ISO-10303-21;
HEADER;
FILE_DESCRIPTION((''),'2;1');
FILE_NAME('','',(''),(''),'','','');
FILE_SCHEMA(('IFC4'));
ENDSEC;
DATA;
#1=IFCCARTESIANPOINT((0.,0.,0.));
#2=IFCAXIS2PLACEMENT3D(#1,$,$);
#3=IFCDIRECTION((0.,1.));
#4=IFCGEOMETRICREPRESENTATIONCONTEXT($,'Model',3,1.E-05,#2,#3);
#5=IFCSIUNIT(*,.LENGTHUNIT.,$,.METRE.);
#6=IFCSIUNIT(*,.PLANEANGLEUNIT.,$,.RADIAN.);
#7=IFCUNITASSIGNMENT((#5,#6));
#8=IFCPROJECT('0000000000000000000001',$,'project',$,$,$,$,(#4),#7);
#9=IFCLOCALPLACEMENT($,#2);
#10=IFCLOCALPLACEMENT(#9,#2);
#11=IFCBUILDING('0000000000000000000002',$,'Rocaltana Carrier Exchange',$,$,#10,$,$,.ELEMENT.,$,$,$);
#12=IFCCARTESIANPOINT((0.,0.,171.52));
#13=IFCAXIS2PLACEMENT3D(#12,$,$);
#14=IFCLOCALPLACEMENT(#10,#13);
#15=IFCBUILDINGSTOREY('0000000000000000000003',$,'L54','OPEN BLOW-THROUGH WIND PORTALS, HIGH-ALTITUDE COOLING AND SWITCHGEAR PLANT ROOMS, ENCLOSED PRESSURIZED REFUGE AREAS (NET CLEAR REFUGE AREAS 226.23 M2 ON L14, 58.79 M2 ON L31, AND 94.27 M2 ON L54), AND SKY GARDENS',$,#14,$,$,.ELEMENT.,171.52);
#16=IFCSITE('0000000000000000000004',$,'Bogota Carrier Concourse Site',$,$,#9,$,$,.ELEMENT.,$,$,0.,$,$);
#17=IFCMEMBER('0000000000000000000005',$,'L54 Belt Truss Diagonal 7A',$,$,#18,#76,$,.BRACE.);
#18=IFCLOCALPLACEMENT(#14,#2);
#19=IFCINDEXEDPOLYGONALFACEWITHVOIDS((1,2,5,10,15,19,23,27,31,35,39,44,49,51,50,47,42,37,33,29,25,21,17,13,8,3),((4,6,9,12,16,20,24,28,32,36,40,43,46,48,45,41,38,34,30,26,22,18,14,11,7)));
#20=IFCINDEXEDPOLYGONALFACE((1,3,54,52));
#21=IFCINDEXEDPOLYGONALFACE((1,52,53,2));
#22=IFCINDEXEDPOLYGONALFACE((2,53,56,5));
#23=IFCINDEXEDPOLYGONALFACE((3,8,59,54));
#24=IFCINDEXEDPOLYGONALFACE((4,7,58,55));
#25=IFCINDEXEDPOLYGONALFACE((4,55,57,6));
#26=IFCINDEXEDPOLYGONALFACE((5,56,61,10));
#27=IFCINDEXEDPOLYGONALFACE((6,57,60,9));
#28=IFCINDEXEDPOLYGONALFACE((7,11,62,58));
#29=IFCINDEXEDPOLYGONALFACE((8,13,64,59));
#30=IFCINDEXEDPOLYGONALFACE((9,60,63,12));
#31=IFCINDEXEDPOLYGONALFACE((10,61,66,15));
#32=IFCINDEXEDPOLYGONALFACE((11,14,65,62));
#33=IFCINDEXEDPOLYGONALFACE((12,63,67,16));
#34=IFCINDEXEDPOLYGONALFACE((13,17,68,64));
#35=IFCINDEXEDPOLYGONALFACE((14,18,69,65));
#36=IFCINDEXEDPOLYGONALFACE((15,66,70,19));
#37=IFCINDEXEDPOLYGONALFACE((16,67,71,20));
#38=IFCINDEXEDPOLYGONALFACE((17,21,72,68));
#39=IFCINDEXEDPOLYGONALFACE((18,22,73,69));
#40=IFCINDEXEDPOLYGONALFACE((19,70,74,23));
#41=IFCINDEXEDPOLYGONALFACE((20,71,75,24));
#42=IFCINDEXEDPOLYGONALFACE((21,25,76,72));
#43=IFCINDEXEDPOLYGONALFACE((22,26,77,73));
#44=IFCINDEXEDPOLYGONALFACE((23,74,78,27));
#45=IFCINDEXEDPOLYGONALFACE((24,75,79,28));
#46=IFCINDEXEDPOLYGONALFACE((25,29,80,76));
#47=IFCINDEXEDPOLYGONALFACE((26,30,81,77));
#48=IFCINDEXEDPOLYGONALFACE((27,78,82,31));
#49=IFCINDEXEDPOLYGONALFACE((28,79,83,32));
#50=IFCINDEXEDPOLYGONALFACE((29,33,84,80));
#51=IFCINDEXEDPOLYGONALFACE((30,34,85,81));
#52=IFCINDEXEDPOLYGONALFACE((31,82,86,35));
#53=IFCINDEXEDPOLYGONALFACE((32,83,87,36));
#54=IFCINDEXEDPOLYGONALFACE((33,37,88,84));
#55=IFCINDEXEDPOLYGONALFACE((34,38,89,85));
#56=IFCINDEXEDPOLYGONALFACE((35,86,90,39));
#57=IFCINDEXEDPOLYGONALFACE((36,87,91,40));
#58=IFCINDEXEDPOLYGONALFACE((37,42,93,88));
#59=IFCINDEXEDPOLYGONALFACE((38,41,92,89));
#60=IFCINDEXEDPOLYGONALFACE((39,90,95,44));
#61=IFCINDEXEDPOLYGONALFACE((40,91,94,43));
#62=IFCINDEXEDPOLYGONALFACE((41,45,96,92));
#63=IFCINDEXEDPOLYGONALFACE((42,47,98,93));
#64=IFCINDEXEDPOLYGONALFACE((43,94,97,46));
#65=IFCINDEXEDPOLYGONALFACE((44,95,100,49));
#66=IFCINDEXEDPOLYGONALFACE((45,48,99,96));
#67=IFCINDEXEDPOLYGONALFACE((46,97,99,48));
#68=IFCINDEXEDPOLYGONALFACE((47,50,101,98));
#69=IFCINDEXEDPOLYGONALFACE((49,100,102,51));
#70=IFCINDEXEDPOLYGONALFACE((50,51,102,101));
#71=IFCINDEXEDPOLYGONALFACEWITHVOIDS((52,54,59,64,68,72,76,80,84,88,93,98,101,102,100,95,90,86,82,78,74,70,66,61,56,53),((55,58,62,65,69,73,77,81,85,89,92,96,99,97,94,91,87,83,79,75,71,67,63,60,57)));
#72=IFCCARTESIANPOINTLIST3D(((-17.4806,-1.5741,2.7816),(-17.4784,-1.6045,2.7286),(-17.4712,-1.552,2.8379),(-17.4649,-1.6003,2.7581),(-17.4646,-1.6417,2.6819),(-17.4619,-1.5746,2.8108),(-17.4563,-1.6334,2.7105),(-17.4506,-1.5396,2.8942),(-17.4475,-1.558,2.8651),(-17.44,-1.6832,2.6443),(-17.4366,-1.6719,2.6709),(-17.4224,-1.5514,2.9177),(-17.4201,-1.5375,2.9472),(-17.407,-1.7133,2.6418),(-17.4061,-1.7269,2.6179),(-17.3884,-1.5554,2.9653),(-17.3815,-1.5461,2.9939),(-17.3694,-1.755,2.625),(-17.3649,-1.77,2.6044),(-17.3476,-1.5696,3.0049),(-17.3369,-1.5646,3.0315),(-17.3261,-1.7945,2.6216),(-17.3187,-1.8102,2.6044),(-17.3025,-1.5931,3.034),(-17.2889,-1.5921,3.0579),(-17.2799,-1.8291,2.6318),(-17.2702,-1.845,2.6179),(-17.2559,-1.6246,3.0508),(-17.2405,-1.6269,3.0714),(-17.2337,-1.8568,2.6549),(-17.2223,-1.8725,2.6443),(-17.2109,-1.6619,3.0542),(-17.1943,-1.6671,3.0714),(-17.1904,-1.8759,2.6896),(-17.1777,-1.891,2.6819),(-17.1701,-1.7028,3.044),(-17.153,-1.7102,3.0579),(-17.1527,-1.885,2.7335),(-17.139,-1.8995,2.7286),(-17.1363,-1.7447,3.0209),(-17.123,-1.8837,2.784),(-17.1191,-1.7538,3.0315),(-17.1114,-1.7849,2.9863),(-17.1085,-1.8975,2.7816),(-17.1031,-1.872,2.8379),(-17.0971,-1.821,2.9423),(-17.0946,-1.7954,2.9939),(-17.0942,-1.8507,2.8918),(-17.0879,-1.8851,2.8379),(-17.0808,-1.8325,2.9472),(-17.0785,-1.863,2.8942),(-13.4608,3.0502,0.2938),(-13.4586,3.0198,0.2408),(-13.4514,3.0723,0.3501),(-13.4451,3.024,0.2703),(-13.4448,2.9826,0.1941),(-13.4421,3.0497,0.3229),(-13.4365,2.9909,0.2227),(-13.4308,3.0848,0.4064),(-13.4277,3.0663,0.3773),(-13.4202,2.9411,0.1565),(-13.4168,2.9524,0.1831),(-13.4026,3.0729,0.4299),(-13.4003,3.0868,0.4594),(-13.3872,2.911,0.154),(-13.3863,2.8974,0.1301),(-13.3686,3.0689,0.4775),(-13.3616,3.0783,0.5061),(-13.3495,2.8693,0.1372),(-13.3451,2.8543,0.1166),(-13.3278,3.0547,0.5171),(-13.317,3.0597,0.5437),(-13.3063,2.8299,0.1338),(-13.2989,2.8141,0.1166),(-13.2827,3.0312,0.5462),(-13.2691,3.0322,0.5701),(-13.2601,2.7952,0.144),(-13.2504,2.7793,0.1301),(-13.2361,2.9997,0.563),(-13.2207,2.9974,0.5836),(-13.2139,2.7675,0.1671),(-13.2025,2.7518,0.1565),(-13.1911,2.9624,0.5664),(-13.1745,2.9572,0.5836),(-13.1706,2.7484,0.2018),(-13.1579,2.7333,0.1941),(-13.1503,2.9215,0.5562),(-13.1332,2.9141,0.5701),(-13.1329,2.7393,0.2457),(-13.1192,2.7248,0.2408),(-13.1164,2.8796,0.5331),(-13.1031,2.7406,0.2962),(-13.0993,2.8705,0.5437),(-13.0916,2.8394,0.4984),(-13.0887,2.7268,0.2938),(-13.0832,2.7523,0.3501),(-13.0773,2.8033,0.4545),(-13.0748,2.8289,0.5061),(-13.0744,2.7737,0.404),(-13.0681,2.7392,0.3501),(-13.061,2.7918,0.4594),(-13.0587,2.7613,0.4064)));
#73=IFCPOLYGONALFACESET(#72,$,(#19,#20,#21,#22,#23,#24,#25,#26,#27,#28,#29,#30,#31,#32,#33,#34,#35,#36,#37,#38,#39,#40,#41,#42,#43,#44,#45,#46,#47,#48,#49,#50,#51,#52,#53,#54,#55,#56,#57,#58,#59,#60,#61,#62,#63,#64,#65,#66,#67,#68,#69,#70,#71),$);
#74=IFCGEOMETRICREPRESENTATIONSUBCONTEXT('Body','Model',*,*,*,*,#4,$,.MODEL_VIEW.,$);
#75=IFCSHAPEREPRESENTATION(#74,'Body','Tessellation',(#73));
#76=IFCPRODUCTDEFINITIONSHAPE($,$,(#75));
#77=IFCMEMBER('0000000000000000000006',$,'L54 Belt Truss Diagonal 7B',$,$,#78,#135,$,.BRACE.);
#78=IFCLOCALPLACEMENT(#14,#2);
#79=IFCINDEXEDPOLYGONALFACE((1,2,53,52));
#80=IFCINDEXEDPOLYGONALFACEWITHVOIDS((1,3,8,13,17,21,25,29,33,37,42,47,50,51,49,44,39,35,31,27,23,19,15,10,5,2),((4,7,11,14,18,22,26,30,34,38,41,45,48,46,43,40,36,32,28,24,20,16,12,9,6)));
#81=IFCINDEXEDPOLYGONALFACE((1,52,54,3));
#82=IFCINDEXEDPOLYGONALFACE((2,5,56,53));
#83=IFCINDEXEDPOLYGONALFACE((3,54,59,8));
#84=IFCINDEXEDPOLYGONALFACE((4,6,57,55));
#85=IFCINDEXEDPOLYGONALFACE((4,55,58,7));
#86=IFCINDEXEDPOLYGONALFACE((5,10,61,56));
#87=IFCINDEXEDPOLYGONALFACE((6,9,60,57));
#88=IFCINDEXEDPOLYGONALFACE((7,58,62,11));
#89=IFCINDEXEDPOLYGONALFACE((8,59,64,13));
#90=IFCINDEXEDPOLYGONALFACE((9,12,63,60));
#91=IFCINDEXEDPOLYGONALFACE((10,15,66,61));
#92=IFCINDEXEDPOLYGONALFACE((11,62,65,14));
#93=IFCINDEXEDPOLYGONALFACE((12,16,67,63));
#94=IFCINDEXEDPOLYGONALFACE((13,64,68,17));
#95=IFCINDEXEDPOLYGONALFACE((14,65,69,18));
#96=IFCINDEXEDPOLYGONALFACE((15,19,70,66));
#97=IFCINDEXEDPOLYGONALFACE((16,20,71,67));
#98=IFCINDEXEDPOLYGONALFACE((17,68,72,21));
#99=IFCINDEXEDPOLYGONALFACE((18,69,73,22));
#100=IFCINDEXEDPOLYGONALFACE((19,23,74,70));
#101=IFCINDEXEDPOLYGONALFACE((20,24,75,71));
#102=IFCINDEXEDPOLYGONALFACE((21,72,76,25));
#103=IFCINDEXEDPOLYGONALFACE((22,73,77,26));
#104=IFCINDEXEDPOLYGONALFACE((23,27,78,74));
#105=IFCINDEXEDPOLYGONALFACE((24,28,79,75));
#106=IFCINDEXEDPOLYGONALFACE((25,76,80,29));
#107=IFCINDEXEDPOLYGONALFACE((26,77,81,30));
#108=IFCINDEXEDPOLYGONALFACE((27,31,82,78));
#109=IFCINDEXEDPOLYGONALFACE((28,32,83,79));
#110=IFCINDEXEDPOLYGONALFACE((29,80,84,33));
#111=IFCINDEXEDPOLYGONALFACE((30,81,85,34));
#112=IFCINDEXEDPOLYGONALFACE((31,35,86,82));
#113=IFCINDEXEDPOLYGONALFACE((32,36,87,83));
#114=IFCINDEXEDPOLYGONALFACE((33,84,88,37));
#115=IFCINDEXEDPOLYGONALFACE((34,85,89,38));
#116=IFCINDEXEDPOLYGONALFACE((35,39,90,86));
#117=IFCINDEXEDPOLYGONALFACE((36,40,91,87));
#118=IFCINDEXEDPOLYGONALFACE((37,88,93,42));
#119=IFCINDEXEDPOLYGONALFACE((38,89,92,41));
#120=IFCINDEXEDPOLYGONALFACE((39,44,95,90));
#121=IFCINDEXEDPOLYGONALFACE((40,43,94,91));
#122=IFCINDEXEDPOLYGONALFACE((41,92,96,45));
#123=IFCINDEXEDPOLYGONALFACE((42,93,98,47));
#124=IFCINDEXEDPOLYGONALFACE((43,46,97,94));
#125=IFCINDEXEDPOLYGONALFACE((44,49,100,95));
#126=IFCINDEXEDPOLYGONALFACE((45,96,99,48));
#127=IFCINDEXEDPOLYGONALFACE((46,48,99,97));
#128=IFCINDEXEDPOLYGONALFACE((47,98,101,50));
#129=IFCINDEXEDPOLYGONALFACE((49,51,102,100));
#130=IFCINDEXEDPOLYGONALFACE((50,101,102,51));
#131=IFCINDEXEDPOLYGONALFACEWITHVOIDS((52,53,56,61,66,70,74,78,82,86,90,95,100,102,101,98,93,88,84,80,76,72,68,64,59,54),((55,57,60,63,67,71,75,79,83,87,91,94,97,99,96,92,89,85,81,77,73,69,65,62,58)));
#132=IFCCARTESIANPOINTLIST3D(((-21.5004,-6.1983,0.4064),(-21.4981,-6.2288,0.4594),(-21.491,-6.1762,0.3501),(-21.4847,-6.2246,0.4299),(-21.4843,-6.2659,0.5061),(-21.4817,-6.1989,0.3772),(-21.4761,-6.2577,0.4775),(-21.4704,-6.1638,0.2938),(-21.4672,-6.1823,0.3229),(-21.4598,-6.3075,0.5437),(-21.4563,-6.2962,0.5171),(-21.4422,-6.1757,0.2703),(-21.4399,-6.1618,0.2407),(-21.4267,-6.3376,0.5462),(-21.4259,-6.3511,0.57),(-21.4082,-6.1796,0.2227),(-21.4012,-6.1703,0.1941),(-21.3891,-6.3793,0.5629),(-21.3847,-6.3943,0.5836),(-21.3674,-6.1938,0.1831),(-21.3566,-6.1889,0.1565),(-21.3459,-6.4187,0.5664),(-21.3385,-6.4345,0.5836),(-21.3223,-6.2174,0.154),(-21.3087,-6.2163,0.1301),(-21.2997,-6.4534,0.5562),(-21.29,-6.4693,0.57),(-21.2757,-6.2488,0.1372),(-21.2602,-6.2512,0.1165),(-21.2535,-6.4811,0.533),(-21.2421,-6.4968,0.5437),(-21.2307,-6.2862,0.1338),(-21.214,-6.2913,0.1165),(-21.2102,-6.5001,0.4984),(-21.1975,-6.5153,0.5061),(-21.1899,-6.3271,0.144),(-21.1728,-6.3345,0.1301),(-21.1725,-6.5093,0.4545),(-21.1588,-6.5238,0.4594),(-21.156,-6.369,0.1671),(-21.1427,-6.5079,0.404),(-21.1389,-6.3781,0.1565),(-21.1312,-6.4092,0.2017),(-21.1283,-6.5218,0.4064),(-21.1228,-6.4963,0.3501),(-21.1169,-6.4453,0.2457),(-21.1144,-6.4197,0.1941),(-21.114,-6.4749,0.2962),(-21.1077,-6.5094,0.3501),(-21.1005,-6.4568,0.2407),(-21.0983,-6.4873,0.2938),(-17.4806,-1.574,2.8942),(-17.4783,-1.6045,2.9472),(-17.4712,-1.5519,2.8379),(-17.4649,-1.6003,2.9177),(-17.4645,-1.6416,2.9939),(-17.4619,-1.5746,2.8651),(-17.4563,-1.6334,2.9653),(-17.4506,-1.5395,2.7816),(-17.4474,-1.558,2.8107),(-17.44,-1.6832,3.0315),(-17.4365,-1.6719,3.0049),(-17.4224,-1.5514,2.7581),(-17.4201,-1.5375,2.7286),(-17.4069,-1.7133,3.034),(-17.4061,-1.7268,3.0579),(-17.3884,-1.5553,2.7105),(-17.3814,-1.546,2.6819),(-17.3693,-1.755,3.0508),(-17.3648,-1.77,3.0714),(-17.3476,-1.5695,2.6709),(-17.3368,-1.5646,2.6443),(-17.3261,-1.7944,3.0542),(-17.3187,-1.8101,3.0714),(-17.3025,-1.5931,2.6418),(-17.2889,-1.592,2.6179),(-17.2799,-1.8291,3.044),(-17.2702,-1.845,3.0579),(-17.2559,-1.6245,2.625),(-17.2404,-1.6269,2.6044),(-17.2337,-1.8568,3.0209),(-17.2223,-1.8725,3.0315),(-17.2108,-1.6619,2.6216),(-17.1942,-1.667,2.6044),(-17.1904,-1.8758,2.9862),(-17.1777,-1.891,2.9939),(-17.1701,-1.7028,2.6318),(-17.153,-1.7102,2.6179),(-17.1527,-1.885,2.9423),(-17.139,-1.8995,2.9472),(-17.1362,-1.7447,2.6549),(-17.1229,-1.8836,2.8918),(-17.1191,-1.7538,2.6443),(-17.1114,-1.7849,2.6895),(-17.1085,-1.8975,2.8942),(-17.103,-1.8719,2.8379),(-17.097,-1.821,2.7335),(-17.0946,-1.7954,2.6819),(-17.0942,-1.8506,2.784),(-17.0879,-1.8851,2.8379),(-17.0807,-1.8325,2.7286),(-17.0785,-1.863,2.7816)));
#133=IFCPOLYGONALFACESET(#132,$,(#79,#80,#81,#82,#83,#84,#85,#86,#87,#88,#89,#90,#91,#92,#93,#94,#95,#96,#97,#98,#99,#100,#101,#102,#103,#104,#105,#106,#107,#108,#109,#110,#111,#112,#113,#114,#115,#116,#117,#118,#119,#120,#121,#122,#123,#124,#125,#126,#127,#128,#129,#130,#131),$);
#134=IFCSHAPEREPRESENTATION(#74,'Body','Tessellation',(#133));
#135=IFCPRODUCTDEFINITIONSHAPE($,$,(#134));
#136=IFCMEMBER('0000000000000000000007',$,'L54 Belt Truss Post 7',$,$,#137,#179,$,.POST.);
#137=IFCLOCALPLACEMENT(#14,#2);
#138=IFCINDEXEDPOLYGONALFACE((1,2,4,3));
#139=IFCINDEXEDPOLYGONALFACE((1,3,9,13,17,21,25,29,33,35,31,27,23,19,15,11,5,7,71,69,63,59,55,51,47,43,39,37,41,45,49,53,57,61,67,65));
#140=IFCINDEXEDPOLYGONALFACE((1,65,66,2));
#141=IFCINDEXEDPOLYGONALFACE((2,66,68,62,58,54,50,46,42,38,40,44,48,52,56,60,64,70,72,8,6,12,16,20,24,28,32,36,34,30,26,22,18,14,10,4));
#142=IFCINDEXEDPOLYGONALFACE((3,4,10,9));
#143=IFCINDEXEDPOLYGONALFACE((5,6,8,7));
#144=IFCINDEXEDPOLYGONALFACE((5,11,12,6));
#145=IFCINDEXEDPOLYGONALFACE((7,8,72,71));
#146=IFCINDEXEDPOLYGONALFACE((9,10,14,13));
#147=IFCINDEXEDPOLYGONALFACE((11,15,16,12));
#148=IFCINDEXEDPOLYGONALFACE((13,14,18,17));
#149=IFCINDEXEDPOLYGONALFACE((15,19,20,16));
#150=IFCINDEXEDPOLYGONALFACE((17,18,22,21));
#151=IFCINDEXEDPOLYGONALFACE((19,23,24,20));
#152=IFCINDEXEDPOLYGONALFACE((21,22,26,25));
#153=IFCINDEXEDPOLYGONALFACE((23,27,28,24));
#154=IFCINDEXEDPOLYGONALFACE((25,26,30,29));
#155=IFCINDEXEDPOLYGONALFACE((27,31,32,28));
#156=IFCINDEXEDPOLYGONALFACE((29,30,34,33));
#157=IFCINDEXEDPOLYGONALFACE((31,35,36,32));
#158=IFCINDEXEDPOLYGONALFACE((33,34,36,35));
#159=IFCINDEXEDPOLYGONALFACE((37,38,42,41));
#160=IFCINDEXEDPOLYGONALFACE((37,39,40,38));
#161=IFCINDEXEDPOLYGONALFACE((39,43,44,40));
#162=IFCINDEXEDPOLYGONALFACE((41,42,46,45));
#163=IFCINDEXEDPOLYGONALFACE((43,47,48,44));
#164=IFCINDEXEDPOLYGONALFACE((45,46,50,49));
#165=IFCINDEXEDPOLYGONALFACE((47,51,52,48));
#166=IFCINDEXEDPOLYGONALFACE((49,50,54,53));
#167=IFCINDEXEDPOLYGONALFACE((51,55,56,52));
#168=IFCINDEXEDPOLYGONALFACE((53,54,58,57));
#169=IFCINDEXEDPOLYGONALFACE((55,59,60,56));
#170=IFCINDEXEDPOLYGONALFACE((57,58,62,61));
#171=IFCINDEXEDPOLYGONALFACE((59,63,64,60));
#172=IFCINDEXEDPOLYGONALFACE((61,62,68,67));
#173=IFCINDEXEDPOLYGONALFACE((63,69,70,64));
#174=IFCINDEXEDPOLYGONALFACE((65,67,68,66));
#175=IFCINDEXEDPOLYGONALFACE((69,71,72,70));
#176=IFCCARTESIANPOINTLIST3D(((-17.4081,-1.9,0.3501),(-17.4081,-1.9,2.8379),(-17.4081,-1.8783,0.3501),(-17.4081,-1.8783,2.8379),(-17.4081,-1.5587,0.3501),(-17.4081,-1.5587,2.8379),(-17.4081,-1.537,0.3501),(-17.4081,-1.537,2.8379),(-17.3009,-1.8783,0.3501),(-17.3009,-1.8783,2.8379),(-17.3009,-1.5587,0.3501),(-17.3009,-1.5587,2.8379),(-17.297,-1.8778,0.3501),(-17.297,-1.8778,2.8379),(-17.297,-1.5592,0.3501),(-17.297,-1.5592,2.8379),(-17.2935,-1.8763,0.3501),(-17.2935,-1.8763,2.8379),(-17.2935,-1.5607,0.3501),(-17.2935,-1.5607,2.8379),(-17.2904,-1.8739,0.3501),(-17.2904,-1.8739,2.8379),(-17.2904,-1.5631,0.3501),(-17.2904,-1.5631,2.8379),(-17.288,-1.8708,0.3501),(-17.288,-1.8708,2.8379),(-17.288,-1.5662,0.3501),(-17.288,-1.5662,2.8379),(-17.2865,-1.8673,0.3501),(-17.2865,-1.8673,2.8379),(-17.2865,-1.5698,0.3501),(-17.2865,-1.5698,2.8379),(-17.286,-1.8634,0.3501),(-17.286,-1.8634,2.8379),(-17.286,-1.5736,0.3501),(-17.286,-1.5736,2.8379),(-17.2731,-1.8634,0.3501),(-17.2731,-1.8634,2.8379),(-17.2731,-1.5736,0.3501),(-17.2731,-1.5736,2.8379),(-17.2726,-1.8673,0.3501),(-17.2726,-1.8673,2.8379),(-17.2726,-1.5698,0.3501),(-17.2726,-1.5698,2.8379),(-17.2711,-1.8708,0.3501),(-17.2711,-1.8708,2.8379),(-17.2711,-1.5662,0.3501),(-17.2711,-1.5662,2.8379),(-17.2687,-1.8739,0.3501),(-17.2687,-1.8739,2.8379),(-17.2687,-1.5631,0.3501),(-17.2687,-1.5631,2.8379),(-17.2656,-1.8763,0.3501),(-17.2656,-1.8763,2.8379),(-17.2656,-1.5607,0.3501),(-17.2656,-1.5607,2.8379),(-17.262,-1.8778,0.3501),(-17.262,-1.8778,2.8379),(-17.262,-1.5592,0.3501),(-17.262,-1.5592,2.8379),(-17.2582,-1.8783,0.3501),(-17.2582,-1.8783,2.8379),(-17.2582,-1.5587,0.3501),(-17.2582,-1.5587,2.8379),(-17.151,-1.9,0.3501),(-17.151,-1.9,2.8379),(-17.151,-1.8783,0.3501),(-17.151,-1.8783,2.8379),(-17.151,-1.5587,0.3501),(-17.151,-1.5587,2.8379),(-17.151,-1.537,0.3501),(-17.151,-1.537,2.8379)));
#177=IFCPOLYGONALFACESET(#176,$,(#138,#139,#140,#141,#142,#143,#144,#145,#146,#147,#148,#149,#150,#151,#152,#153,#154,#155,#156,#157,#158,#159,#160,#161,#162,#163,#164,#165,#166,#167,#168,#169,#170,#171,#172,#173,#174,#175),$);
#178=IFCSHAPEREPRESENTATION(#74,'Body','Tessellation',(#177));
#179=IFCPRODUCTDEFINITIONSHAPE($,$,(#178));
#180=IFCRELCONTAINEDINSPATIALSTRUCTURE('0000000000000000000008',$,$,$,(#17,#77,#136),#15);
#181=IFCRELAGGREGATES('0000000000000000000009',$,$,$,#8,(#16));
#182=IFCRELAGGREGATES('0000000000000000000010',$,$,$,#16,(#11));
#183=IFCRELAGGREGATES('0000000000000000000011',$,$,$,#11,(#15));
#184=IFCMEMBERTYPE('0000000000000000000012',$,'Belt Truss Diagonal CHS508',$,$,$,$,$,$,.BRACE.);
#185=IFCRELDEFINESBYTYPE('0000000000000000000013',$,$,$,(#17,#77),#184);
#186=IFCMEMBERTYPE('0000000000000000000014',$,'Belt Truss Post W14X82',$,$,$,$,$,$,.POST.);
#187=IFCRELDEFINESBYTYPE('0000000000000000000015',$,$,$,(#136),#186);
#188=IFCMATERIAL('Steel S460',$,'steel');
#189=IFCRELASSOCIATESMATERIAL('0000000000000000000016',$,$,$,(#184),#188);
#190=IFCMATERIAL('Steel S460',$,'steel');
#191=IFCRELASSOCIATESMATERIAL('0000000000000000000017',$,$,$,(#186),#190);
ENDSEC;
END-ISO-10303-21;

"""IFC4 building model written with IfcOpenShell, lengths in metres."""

from ifc_helpers import new_model, si_unit, direction, frame, origin, origin_2d, place, context, subcontext, project, spatial, hollow_circle, i_section, extrude, material, material_profile, profile_set, type_object, element, save


model = new_model("IFC4")

# Units and contexts
model_context = context("Model", 3, precision=1e-05, world=origin(), true_north=direction((0.0, 1.0)))
body_context = subcontext(model_context, "Body", "Model", "MODEL_VIEW")
ifc_project = project(units=[si_unit("LENGTHUNIT", "METRE"), si_unit("PLANEANGLEUNIT", "RADIAN")], contexts=[model_context])

# Site, building, storey
site_placement = place(None, origin())
site = spatial("IfcSite", under=ifc_project, at=site_placement, Name="Bogota Carrier Concourse Site", CompositionType="ELEMENT", RefElevation=0.0)
building_placement = place(site_placement, origin())
building = spatial("IfcBuilding", under=site, at=building_placement, Name="Rocaltana Carrier Exchange", CompositionType="ELEMENT")
storey_placement = place(building_placement, frame((0.0, 0.0, 171.52)))
storey = spatial("IfcBuildingStorey", under=building, at=storey_placement, Name="L54", Description="OPEN BLOW-THROUGH WIND PORTALS, HIGH-ALTITUDE COOLING AND SWITCHGEAR PLANT ROOMS, ENCLOSED PRESSURIZED REFUGE AREAS (NET CLEAR REFUGE AREAS 226.23 M2 ON L14, 58.79 M2 ON L31, AND 94.27 M2 ON L54), AND SKY GARDENS", CompositionType="ELEMENT", Elevation=171.52)

# Members
ifc_material_1 = material(Name="Steel S460", Category="steel")
ifc_material_profile_1 = material_profile(ifc_material_1, hollow_circle(Radius=0.2539, WallThickness=0.02, at=origin_2d()), Name="CHS508X20")
ifc_profile_set_1 = profile_set([ifc_material_profile_1], Name="Steel S460")
member_type_1 = type_object("IfcMemberType", Name="Belt Truss Diagonal CHS508", PredefinedType="BRACE", material=ifc_profile_set_1)
for number, where, z_axis, x_axis, name in (
    (1, (-13.2598, 2.9058, 0.3501), (-0.607861, -0.699271, 0.376198), (0.754713, -0.656055, 0.0), "L54 Belt Truss Diagonal 7A"),
    (2, (-17.2795, -1.7185, 2.8379), (-0.607861, -0.699271, -0.376198), (0.754713, -0.656055, 0.0), "L54 Belt Truss Diagonal 7B"),
):
    element("IfcMember", number, at=place(storey_placement, frame(where, z_axis=z_axis, x_axis=x_axis)), inside=storey, type_object=member_type_1, Name=name, PredefinedType="BRACE", context=body_context, shape_type="SweptSolid", body=[
        extrude(hollow_circle(Radius=0.2539, WallThickness=0.02, at=origin_2d()), origin(), (0.0, 0.0, 1.0), 6.613),
    ])
ifc_material_2 = material(Name="Steel S460", Category="steel")
ifc_material_profile_2 = material_profile(ifc_material_2, i_section(OverallWidth=0.2571, OverallDepth=0.363, WebThickness=0.0129, FlangeThickness=0.0217, FilletRadius=0.0149, at=origin_2d()), Name="W14X82")
ifc_profile_set_2 = profile_set([ifc_material_profile_2], Name="Steel S460")
member_type_2 = type_object("IfcMemberType", Name="Belt Truss Post W14X82", PredefinedType="POST", material=ifc_profile_set_2)
member_1_placement = place(storey_placement, frame((-17.2795, -1.7185, 0.3501), z_axis=(0.0, 0.0, 1.0), x_axis=(1.0, 0.0, 0.0)))
element("IfcMember", 3, at=member_1_placement, inside=storey, type_object=member_type_2, Name="L54 Belt Truss Post 7", PredefinedType="POST", context=body_context, shape_type="SweptSolid", body=[
    extrude(i_section(OverallWidth=0.2571, OverallDepth=0.363, WebThickness=0.0129, FlangeThickness=0.0217, FilletRadius=0.0149, at=origin_2d()), origin(), (0.0, 0.0, 1.0), 2.4878),
])

save(model, "model.ifc")
